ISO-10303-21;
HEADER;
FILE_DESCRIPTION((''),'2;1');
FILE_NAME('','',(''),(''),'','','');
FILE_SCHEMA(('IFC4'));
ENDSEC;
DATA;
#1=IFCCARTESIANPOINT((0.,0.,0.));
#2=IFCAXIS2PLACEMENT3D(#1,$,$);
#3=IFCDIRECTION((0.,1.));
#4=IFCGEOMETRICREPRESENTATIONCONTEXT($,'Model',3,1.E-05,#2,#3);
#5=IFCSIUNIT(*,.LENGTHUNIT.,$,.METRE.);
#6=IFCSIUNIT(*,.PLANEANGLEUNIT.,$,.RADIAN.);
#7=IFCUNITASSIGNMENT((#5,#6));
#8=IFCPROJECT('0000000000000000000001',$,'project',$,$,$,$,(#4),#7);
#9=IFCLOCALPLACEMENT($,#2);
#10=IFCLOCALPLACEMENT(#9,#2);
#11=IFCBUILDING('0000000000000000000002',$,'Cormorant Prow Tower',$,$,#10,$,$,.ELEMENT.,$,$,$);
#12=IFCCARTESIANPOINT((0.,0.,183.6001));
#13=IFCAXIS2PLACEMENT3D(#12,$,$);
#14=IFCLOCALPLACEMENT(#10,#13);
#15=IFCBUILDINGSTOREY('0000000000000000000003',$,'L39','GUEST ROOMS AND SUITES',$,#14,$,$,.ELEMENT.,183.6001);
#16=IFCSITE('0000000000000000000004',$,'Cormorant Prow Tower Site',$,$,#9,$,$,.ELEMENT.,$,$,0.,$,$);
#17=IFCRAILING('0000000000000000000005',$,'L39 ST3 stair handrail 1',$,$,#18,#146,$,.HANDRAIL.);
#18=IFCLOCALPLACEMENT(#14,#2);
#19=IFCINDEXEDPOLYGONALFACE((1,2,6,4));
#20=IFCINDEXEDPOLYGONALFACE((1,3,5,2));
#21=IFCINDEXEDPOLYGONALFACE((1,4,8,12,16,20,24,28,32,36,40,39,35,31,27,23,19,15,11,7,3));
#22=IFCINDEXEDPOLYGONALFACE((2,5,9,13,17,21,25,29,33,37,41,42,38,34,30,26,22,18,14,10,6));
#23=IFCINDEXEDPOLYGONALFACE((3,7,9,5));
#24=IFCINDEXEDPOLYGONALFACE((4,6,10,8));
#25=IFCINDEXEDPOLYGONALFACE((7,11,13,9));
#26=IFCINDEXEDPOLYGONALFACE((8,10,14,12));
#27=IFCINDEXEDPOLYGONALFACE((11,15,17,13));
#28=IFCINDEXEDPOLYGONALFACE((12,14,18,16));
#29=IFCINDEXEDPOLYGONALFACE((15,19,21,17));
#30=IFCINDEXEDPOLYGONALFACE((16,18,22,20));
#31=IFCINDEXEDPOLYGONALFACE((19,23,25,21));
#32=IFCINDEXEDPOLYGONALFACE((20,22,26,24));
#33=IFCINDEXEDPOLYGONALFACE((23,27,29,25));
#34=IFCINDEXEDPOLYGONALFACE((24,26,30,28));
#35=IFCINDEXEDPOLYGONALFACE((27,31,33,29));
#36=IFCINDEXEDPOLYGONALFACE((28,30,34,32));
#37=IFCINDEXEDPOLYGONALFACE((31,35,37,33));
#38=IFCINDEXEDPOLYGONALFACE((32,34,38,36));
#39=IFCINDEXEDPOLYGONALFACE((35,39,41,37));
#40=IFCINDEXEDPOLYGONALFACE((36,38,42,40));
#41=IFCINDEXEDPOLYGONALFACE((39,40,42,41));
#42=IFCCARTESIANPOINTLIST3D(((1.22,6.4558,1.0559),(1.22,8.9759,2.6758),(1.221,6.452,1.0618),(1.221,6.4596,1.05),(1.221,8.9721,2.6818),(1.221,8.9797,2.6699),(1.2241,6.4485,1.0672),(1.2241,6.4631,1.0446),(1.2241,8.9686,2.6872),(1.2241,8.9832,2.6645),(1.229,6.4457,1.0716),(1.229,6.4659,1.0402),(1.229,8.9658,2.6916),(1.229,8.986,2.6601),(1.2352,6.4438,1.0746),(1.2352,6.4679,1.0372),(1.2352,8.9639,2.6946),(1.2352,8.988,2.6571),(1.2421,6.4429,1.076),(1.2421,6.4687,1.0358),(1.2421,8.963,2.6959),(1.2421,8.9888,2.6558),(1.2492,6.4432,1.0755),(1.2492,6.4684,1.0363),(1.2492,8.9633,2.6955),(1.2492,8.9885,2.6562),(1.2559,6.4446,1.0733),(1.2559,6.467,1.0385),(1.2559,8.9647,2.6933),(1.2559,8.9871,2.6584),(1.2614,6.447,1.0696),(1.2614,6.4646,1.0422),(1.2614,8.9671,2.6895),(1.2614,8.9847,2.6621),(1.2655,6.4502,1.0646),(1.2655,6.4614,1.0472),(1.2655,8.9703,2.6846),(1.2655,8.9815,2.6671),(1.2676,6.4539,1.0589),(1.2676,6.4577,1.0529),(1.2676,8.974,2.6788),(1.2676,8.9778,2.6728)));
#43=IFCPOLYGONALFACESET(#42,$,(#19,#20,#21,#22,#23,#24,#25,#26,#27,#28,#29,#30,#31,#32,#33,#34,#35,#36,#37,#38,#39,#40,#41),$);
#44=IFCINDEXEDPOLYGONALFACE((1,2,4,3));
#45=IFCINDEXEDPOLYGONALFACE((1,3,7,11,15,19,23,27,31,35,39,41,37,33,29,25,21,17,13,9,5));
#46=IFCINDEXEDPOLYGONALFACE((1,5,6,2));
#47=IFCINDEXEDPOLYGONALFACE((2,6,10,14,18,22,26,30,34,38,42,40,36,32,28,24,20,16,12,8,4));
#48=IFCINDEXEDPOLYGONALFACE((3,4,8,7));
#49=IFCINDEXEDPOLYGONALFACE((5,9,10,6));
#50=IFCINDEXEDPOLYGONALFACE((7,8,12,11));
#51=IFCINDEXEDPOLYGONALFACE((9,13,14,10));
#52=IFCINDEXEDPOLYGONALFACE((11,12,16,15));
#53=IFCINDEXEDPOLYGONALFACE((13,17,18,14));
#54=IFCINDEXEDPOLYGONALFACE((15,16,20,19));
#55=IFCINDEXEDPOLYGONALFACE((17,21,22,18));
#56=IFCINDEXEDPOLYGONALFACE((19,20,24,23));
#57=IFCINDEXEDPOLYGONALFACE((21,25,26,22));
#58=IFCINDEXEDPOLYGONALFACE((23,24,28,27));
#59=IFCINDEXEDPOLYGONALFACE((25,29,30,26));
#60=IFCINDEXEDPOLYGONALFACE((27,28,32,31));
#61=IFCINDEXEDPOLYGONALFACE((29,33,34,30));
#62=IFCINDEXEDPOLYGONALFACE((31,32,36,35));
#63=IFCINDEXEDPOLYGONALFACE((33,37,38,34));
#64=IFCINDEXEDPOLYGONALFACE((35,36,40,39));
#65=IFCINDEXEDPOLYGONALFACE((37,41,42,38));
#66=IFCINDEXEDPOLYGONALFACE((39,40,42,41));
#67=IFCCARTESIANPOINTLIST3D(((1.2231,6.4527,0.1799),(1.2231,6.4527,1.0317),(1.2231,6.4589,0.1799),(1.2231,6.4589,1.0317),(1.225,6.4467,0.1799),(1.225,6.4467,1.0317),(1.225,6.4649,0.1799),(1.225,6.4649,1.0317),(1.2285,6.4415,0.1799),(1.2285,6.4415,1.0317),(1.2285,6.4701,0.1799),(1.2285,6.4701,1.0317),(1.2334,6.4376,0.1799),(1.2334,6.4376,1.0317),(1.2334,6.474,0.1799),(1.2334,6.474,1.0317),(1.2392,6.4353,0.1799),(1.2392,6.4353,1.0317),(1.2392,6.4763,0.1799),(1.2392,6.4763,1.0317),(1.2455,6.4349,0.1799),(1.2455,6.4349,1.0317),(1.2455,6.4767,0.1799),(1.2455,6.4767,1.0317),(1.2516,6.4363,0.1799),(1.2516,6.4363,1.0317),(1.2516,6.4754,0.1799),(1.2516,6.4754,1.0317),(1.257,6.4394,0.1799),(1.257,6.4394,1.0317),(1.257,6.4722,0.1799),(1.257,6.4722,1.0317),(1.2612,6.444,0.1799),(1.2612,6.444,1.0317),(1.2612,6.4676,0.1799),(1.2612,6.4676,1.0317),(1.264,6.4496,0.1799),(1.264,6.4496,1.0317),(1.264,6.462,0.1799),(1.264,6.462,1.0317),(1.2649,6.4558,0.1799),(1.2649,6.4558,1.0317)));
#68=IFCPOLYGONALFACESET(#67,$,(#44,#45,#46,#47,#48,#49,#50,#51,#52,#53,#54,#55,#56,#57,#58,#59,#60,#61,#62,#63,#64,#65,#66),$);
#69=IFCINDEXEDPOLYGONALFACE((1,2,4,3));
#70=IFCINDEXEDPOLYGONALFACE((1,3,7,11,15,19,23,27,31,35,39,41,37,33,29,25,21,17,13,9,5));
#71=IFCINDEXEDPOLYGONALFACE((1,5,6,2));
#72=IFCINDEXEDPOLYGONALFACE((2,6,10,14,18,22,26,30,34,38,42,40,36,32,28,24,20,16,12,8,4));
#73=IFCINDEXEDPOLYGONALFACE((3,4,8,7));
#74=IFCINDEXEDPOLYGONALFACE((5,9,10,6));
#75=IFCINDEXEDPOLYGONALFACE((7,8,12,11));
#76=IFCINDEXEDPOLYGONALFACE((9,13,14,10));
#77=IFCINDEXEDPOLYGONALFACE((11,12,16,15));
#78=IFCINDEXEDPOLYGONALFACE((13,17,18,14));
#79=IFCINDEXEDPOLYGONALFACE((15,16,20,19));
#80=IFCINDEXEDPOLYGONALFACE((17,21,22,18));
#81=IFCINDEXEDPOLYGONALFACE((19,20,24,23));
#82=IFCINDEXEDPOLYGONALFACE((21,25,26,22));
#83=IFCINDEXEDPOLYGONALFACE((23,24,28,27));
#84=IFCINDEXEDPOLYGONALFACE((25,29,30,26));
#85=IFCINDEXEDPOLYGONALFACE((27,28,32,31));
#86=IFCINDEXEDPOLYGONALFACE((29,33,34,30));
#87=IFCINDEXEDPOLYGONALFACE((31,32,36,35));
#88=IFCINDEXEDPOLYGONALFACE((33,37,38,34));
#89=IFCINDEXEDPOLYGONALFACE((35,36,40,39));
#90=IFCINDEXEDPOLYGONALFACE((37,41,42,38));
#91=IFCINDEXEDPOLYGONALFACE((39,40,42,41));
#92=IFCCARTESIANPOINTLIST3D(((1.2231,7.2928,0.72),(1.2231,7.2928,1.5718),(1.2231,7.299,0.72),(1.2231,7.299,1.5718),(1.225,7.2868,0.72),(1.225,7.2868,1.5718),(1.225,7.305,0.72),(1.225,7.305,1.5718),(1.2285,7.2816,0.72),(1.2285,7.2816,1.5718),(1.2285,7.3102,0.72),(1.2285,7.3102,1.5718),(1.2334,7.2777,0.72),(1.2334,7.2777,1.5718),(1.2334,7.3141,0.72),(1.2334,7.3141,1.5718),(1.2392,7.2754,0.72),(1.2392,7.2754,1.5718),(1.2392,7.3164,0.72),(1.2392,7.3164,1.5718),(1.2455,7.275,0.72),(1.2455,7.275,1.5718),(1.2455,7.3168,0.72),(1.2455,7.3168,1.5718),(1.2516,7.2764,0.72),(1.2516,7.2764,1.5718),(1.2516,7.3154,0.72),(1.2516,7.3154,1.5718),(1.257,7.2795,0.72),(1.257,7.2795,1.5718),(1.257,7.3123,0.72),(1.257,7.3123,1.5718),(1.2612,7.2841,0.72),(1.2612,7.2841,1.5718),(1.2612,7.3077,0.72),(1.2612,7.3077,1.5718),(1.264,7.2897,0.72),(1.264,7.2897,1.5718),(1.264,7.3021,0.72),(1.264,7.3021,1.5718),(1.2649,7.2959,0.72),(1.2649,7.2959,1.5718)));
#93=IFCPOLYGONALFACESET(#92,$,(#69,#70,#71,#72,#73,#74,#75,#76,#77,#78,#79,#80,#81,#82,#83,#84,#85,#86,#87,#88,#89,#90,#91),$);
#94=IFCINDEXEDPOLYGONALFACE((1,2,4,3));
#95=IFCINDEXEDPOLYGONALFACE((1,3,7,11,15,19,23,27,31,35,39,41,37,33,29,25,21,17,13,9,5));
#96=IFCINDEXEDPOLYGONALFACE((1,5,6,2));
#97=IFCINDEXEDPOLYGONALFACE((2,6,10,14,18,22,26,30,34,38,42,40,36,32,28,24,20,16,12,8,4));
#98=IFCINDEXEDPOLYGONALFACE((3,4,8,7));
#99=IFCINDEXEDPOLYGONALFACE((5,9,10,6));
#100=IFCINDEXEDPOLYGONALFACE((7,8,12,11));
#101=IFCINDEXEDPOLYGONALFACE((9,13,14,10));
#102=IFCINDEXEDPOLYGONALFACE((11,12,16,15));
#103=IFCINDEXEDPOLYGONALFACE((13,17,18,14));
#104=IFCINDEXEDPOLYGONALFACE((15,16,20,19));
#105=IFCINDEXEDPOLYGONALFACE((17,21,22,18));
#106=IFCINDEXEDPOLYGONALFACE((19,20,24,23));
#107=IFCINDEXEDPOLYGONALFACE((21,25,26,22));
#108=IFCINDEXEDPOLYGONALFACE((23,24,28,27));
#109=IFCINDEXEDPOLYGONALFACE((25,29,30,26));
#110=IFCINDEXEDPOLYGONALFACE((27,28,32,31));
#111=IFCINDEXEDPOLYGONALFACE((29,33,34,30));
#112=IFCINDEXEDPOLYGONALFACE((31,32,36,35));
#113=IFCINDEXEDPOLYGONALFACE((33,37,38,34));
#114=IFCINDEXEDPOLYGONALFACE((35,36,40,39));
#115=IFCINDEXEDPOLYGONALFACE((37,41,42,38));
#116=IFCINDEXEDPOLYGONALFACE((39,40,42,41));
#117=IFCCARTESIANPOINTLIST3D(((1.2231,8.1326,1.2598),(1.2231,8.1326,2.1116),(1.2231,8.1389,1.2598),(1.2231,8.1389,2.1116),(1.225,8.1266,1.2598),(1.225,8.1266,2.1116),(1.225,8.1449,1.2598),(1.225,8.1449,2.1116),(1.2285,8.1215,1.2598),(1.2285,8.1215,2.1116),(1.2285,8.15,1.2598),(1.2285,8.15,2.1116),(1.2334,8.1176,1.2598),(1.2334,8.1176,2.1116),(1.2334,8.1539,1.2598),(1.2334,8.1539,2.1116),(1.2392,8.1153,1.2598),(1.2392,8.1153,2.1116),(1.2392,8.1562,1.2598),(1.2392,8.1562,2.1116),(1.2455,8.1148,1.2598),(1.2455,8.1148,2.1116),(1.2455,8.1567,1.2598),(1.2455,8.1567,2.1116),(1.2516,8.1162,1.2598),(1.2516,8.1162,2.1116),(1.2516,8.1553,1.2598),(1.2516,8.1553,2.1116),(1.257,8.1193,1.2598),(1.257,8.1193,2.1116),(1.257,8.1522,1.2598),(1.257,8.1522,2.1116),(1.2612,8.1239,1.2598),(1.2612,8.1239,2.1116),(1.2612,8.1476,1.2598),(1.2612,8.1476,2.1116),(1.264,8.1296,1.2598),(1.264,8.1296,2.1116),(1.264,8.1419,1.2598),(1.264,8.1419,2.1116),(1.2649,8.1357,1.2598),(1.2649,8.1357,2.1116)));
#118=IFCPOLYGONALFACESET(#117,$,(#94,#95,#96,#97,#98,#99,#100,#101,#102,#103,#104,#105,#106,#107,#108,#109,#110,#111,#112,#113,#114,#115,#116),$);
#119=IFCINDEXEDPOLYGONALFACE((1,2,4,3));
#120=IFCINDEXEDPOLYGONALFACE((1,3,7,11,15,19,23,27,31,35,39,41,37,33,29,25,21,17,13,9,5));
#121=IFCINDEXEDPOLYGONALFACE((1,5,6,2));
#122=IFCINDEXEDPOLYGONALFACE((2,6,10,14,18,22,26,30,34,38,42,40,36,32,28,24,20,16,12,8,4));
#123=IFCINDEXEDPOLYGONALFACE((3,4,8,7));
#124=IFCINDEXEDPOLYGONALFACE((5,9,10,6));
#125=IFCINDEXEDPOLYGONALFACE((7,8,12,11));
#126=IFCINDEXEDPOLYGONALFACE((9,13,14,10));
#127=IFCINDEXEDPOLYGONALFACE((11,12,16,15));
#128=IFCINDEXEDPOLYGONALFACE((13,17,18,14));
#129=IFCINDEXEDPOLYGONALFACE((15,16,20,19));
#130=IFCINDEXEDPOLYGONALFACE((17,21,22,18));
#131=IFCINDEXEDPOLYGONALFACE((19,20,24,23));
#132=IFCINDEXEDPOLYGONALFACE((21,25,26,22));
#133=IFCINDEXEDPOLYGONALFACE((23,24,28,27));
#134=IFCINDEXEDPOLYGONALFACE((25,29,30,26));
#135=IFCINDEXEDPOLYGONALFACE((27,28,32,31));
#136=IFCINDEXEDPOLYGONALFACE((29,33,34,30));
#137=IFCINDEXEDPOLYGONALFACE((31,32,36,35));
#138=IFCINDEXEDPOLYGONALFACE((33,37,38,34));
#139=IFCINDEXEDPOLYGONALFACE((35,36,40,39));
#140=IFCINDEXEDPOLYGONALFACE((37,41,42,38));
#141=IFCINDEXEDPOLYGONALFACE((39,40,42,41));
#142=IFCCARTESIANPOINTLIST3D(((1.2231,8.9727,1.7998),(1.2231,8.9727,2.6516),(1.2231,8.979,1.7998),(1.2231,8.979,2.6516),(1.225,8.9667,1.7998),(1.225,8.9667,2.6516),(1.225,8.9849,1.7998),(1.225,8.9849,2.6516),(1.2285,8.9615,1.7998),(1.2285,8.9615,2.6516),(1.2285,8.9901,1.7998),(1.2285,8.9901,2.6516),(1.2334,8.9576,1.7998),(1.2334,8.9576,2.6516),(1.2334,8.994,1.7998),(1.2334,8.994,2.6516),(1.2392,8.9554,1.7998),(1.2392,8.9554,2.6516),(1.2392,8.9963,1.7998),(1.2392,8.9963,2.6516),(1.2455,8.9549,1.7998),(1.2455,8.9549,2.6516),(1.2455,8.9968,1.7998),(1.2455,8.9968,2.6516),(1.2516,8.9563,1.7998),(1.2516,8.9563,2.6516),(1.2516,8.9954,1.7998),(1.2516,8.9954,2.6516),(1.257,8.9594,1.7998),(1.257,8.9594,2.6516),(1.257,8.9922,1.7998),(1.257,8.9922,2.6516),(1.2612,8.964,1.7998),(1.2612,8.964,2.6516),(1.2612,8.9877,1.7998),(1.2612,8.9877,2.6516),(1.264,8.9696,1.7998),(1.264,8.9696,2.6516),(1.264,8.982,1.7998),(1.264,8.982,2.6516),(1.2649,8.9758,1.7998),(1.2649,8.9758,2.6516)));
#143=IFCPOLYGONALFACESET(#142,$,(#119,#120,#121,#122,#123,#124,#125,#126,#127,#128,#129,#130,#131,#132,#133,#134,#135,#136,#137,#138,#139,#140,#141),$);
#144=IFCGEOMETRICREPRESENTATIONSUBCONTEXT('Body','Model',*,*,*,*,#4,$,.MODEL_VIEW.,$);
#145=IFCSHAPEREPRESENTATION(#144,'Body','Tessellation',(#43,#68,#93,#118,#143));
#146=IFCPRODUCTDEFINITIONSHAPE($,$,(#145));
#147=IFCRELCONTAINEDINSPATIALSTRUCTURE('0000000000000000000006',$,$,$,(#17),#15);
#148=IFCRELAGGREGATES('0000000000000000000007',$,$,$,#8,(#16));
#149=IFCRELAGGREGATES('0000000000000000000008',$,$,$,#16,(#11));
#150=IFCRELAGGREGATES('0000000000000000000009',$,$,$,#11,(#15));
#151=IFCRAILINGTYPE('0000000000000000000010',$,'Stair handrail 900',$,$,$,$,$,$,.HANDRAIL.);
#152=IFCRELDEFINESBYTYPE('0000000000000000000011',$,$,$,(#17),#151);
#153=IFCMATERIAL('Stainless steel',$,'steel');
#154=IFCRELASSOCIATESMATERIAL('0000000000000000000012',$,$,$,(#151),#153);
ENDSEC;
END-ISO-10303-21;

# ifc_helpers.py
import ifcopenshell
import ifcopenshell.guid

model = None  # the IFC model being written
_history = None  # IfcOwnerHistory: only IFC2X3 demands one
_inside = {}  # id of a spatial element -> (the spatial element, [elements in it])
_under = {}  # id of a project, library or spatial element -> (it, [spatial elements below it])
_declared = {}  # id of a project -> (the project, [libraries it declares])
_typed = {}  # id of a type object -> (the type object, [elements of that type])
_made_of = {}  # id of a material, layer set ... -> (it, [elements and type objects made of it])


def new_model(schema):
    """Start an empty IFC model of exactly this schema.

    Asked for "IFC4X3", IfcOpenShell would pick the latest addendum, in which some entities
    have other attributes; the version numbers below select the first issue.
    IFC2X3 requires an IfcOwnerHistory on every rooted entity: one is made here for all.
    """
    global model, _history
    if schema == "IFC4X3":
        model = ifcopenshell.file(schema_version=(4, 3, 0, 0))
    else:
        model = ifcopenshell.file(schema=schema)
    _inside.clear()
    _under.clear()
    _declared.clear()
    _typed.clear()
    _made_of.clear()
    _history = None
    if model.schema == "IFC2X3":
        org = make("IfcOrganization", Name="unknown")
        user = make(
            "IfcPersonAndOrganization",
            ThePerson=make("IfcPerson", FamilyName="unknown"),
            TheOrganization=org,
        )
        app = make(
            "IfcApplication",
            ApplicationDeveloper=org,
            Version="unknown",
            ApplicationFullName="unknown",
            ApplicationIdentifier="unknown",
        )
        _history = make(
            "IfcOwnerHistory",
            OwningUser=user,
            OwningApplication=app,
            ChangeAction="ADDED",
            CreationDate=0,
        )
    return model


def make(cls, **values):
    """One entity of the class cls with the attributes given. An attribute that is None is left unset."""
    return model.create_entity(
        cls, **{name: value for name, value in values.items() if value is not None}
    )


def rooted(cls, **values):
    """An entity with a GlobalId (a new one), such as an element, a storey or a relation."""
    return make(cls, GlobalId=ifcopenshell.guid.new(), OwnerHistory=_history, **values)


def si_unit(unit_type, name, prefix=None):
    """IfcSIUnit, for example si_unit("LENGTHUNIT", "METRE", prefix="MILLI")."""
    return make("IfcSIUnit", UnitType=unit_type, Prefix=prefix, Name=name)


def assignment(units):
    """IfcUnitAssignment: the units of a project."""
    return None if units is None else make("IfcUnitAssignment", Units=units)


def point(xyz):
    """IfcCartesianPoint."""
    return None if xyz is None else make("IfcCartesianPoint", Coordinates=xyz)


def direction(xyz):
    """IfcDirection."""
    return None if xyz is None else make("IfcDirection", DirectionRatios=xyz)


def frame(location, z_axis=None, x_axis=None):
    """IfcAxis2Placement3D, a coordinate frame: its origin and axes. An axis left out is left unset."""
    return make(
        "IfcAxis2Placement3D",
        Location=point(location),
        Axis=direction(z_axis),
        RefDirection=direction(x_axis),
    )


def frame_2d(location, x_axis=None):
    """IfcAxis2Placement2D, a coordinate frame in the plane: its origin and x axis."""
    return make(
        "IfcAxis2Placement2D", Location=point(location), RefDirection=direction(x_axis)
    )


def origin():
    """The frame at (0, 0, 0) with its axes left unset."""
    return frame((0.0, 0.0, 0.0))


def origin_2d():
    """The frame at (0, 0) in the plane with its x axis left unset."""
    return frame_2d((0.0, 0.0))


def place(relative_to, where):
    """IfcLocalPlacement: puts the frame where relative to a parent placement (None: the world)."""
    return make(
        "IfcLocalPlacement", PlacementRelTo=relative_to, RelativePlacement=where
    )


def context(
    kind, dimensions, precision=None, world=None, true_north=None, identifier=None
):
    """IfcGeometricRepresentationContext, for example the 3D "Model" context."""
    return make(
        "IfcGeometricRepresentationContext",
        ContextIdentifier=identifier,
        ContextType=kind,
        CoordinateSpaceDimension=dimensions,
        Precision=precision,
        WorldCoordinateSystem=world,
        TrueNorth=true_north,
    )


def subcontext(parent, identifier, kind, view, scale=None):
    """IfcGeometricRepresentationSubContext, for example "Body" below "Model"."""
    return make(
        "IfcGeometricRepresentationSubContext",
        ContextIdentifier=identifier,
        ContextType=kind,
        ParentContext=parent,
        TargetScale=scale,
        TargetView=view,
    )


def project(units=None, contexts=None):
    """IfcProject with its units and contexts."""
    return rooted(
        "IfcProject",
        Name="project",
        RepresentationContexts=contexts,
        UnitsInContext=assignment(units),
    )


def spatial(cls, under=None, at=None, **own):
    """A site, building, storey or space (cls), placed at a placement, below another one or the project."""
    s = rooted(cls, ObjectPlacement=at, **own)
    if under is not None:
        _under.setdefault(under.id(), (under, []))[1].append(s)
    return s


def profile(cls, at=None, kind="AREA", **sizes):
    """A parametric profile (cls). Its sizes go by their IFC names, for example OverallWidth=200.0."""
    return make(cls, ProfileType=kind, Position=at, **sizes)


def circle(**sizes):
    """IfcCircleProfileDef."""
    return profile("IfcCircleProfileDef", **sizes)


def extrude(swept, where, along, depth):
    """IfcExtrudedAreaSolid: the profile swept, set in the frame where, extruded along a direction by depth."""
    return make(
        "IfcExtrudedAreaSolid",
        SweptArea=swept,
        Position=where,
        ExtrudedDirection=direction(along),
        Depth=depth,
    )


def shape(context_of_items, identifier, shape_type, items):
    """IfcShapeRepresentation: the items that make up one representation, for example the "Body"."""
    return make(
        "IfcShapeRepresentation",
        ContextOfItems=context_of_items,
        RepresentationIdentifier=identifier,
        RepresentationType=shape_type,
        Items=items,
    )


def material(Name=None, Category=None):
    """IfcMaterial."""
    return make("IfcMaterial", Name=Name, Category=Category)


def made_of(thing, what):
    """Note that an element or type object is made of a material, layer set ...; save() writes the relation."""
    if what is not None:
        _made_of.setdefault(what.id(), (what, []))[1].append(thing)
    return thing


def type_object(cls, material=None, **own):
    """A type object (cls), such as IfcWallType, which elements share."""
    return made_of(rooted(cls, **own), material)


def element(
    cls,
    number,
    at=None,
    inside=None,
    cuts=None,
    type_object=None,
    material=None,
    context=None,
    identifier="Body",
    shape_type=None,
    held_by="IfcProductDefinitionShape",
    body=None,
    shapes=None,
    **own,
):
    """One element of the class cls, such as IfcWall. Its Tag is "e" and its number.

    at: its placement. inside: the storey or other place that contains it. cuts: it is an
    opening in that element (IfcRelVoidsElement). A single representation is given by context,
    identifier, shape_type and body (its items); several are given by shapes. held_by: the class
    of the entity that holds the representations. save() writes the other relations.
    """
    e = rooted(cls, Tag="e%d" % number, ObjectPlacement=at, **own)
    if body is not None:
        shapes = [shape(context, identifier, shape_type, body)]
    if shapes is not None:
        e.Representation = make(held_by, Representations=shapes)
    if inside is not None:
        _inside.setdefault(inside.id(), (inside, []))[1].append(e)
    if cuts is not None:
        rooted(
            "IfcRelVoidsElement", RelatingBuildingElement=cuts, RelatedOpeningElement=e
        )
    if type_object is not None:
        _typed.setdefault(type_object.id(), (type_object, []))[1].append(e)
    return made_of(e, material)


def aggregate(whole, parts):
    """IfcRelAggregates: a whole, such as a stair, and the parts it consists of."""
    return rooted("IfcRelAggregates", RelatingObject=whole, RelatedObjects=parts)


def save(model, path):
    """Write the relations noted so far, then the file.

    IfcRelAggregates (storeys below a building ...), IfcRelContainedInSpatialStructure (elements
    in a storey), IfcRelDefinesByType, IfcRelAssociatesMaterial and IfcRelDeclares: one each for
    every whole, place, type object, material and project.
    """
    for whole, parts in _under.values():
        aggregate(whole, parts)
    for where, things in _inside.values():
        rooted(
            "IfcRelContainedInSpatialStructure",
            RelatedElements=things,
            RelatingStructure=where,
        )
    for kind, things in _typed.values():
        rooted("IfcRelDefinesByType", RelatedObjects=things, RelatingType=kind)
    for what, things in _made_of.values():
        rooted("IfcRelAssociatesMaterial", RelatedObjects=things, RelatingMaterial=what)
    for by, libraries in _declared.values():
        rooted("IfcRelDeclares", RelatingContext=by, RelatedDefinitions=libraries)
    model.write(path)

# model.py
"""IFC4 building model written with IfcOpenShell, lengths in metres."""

from ifc_helpers import new_model, si_unit, direction, frame, origin, origin_2d, place, context, subcontext, project, spatial, circle, extrude, material, type_object, element, save


model = new_model("IFC4")

# Units and contexts
model_context = context("Model", 3, precision=1e-05, world=origin(), true_north=direction((0.0, 1.0)))
body_context = subcontext(model_context, "Body", "Model", "MODEL_VIEW")
ifc_project = project(units=[si_unit("LENGTHUNIT", "METRE"), si_unit("PLANEANGLEUNIT", "RADIAN")], contexts=[model_context])

# Site, building, storey
site_placement = place(None, origin())
site = spatial("IfcSite", under=ifc_project, at=site_placement, Name="Cormorant Prow Tower Site", CompositionType="ELEMENT", RefElevation=0.0)
building_placement = place(site_placement, origin())
building = spatial("IfcBuilding", under=site, at=building_placement, Name="Cormorant Prow Tower", CompositionType="ELEMENT")
storey_placement = place(building_placement, frame((0.0, 0.0, 183.6001)))
storey = spatial("IfcBuildingStorey", under=building, at=storey_placement, Name="L39", Description="GUEST ROOMS AND SUITES", CompositionType="ELEMENT", Elevation=183.6001)

# Railing
ifc_material_1 = material(Name="Stainless steel", Category="steel")
railing_type_1 = type_object("IfcRailingType", Name="Stair handrail 900", PredefinedType="HANDRAIL", material=ifc_material_1)
railing_1_placement = place(storey_placement, frame((1.2439, 6.4558, 0.1799)))
element("IfcRailing", 1, at=railing_1_placement, inside=storey, type_object=railing_type_1, Name="L39 ST3 stair handrail 1", PredefinedType="HANDRAIL", context=body_context, shape_type="SweptSolid", body=[
    extrude(circle(Radius=0.0239, at=origin_2d()), frame((0.0, 0.0, 0.876), z_axis=(0.0, 0.8412, 0.540725), x_axis=(-1.0, 0.0, 0.0)), (0.0, 0.0, 1.0), 2.9958),
    extrude(circle(Radius=0.021, at=origin_2d()), origin(), (0.0, 0.0, 1.0), 0.8518),
    extrude(circle(Radius=0.021, at=origin_2d()), frame((0.0, 0.8401, 0.54)), (0.0, 0.0, 1.0), 0.8518),
    extrude(circle(Radius=0.021, at=origin_2d()), frame((0.0, 1.6799, 1.0798)), (0.0, 0.0, 1.0), 0.8518),
    extrude(circle(Radius=0.021, at=origin_2d()), frame((0.0, 2.52, 1.6199)), (0.0, 0.0, 1.0), 0.8518),
])

save(model, "model.ifc")
